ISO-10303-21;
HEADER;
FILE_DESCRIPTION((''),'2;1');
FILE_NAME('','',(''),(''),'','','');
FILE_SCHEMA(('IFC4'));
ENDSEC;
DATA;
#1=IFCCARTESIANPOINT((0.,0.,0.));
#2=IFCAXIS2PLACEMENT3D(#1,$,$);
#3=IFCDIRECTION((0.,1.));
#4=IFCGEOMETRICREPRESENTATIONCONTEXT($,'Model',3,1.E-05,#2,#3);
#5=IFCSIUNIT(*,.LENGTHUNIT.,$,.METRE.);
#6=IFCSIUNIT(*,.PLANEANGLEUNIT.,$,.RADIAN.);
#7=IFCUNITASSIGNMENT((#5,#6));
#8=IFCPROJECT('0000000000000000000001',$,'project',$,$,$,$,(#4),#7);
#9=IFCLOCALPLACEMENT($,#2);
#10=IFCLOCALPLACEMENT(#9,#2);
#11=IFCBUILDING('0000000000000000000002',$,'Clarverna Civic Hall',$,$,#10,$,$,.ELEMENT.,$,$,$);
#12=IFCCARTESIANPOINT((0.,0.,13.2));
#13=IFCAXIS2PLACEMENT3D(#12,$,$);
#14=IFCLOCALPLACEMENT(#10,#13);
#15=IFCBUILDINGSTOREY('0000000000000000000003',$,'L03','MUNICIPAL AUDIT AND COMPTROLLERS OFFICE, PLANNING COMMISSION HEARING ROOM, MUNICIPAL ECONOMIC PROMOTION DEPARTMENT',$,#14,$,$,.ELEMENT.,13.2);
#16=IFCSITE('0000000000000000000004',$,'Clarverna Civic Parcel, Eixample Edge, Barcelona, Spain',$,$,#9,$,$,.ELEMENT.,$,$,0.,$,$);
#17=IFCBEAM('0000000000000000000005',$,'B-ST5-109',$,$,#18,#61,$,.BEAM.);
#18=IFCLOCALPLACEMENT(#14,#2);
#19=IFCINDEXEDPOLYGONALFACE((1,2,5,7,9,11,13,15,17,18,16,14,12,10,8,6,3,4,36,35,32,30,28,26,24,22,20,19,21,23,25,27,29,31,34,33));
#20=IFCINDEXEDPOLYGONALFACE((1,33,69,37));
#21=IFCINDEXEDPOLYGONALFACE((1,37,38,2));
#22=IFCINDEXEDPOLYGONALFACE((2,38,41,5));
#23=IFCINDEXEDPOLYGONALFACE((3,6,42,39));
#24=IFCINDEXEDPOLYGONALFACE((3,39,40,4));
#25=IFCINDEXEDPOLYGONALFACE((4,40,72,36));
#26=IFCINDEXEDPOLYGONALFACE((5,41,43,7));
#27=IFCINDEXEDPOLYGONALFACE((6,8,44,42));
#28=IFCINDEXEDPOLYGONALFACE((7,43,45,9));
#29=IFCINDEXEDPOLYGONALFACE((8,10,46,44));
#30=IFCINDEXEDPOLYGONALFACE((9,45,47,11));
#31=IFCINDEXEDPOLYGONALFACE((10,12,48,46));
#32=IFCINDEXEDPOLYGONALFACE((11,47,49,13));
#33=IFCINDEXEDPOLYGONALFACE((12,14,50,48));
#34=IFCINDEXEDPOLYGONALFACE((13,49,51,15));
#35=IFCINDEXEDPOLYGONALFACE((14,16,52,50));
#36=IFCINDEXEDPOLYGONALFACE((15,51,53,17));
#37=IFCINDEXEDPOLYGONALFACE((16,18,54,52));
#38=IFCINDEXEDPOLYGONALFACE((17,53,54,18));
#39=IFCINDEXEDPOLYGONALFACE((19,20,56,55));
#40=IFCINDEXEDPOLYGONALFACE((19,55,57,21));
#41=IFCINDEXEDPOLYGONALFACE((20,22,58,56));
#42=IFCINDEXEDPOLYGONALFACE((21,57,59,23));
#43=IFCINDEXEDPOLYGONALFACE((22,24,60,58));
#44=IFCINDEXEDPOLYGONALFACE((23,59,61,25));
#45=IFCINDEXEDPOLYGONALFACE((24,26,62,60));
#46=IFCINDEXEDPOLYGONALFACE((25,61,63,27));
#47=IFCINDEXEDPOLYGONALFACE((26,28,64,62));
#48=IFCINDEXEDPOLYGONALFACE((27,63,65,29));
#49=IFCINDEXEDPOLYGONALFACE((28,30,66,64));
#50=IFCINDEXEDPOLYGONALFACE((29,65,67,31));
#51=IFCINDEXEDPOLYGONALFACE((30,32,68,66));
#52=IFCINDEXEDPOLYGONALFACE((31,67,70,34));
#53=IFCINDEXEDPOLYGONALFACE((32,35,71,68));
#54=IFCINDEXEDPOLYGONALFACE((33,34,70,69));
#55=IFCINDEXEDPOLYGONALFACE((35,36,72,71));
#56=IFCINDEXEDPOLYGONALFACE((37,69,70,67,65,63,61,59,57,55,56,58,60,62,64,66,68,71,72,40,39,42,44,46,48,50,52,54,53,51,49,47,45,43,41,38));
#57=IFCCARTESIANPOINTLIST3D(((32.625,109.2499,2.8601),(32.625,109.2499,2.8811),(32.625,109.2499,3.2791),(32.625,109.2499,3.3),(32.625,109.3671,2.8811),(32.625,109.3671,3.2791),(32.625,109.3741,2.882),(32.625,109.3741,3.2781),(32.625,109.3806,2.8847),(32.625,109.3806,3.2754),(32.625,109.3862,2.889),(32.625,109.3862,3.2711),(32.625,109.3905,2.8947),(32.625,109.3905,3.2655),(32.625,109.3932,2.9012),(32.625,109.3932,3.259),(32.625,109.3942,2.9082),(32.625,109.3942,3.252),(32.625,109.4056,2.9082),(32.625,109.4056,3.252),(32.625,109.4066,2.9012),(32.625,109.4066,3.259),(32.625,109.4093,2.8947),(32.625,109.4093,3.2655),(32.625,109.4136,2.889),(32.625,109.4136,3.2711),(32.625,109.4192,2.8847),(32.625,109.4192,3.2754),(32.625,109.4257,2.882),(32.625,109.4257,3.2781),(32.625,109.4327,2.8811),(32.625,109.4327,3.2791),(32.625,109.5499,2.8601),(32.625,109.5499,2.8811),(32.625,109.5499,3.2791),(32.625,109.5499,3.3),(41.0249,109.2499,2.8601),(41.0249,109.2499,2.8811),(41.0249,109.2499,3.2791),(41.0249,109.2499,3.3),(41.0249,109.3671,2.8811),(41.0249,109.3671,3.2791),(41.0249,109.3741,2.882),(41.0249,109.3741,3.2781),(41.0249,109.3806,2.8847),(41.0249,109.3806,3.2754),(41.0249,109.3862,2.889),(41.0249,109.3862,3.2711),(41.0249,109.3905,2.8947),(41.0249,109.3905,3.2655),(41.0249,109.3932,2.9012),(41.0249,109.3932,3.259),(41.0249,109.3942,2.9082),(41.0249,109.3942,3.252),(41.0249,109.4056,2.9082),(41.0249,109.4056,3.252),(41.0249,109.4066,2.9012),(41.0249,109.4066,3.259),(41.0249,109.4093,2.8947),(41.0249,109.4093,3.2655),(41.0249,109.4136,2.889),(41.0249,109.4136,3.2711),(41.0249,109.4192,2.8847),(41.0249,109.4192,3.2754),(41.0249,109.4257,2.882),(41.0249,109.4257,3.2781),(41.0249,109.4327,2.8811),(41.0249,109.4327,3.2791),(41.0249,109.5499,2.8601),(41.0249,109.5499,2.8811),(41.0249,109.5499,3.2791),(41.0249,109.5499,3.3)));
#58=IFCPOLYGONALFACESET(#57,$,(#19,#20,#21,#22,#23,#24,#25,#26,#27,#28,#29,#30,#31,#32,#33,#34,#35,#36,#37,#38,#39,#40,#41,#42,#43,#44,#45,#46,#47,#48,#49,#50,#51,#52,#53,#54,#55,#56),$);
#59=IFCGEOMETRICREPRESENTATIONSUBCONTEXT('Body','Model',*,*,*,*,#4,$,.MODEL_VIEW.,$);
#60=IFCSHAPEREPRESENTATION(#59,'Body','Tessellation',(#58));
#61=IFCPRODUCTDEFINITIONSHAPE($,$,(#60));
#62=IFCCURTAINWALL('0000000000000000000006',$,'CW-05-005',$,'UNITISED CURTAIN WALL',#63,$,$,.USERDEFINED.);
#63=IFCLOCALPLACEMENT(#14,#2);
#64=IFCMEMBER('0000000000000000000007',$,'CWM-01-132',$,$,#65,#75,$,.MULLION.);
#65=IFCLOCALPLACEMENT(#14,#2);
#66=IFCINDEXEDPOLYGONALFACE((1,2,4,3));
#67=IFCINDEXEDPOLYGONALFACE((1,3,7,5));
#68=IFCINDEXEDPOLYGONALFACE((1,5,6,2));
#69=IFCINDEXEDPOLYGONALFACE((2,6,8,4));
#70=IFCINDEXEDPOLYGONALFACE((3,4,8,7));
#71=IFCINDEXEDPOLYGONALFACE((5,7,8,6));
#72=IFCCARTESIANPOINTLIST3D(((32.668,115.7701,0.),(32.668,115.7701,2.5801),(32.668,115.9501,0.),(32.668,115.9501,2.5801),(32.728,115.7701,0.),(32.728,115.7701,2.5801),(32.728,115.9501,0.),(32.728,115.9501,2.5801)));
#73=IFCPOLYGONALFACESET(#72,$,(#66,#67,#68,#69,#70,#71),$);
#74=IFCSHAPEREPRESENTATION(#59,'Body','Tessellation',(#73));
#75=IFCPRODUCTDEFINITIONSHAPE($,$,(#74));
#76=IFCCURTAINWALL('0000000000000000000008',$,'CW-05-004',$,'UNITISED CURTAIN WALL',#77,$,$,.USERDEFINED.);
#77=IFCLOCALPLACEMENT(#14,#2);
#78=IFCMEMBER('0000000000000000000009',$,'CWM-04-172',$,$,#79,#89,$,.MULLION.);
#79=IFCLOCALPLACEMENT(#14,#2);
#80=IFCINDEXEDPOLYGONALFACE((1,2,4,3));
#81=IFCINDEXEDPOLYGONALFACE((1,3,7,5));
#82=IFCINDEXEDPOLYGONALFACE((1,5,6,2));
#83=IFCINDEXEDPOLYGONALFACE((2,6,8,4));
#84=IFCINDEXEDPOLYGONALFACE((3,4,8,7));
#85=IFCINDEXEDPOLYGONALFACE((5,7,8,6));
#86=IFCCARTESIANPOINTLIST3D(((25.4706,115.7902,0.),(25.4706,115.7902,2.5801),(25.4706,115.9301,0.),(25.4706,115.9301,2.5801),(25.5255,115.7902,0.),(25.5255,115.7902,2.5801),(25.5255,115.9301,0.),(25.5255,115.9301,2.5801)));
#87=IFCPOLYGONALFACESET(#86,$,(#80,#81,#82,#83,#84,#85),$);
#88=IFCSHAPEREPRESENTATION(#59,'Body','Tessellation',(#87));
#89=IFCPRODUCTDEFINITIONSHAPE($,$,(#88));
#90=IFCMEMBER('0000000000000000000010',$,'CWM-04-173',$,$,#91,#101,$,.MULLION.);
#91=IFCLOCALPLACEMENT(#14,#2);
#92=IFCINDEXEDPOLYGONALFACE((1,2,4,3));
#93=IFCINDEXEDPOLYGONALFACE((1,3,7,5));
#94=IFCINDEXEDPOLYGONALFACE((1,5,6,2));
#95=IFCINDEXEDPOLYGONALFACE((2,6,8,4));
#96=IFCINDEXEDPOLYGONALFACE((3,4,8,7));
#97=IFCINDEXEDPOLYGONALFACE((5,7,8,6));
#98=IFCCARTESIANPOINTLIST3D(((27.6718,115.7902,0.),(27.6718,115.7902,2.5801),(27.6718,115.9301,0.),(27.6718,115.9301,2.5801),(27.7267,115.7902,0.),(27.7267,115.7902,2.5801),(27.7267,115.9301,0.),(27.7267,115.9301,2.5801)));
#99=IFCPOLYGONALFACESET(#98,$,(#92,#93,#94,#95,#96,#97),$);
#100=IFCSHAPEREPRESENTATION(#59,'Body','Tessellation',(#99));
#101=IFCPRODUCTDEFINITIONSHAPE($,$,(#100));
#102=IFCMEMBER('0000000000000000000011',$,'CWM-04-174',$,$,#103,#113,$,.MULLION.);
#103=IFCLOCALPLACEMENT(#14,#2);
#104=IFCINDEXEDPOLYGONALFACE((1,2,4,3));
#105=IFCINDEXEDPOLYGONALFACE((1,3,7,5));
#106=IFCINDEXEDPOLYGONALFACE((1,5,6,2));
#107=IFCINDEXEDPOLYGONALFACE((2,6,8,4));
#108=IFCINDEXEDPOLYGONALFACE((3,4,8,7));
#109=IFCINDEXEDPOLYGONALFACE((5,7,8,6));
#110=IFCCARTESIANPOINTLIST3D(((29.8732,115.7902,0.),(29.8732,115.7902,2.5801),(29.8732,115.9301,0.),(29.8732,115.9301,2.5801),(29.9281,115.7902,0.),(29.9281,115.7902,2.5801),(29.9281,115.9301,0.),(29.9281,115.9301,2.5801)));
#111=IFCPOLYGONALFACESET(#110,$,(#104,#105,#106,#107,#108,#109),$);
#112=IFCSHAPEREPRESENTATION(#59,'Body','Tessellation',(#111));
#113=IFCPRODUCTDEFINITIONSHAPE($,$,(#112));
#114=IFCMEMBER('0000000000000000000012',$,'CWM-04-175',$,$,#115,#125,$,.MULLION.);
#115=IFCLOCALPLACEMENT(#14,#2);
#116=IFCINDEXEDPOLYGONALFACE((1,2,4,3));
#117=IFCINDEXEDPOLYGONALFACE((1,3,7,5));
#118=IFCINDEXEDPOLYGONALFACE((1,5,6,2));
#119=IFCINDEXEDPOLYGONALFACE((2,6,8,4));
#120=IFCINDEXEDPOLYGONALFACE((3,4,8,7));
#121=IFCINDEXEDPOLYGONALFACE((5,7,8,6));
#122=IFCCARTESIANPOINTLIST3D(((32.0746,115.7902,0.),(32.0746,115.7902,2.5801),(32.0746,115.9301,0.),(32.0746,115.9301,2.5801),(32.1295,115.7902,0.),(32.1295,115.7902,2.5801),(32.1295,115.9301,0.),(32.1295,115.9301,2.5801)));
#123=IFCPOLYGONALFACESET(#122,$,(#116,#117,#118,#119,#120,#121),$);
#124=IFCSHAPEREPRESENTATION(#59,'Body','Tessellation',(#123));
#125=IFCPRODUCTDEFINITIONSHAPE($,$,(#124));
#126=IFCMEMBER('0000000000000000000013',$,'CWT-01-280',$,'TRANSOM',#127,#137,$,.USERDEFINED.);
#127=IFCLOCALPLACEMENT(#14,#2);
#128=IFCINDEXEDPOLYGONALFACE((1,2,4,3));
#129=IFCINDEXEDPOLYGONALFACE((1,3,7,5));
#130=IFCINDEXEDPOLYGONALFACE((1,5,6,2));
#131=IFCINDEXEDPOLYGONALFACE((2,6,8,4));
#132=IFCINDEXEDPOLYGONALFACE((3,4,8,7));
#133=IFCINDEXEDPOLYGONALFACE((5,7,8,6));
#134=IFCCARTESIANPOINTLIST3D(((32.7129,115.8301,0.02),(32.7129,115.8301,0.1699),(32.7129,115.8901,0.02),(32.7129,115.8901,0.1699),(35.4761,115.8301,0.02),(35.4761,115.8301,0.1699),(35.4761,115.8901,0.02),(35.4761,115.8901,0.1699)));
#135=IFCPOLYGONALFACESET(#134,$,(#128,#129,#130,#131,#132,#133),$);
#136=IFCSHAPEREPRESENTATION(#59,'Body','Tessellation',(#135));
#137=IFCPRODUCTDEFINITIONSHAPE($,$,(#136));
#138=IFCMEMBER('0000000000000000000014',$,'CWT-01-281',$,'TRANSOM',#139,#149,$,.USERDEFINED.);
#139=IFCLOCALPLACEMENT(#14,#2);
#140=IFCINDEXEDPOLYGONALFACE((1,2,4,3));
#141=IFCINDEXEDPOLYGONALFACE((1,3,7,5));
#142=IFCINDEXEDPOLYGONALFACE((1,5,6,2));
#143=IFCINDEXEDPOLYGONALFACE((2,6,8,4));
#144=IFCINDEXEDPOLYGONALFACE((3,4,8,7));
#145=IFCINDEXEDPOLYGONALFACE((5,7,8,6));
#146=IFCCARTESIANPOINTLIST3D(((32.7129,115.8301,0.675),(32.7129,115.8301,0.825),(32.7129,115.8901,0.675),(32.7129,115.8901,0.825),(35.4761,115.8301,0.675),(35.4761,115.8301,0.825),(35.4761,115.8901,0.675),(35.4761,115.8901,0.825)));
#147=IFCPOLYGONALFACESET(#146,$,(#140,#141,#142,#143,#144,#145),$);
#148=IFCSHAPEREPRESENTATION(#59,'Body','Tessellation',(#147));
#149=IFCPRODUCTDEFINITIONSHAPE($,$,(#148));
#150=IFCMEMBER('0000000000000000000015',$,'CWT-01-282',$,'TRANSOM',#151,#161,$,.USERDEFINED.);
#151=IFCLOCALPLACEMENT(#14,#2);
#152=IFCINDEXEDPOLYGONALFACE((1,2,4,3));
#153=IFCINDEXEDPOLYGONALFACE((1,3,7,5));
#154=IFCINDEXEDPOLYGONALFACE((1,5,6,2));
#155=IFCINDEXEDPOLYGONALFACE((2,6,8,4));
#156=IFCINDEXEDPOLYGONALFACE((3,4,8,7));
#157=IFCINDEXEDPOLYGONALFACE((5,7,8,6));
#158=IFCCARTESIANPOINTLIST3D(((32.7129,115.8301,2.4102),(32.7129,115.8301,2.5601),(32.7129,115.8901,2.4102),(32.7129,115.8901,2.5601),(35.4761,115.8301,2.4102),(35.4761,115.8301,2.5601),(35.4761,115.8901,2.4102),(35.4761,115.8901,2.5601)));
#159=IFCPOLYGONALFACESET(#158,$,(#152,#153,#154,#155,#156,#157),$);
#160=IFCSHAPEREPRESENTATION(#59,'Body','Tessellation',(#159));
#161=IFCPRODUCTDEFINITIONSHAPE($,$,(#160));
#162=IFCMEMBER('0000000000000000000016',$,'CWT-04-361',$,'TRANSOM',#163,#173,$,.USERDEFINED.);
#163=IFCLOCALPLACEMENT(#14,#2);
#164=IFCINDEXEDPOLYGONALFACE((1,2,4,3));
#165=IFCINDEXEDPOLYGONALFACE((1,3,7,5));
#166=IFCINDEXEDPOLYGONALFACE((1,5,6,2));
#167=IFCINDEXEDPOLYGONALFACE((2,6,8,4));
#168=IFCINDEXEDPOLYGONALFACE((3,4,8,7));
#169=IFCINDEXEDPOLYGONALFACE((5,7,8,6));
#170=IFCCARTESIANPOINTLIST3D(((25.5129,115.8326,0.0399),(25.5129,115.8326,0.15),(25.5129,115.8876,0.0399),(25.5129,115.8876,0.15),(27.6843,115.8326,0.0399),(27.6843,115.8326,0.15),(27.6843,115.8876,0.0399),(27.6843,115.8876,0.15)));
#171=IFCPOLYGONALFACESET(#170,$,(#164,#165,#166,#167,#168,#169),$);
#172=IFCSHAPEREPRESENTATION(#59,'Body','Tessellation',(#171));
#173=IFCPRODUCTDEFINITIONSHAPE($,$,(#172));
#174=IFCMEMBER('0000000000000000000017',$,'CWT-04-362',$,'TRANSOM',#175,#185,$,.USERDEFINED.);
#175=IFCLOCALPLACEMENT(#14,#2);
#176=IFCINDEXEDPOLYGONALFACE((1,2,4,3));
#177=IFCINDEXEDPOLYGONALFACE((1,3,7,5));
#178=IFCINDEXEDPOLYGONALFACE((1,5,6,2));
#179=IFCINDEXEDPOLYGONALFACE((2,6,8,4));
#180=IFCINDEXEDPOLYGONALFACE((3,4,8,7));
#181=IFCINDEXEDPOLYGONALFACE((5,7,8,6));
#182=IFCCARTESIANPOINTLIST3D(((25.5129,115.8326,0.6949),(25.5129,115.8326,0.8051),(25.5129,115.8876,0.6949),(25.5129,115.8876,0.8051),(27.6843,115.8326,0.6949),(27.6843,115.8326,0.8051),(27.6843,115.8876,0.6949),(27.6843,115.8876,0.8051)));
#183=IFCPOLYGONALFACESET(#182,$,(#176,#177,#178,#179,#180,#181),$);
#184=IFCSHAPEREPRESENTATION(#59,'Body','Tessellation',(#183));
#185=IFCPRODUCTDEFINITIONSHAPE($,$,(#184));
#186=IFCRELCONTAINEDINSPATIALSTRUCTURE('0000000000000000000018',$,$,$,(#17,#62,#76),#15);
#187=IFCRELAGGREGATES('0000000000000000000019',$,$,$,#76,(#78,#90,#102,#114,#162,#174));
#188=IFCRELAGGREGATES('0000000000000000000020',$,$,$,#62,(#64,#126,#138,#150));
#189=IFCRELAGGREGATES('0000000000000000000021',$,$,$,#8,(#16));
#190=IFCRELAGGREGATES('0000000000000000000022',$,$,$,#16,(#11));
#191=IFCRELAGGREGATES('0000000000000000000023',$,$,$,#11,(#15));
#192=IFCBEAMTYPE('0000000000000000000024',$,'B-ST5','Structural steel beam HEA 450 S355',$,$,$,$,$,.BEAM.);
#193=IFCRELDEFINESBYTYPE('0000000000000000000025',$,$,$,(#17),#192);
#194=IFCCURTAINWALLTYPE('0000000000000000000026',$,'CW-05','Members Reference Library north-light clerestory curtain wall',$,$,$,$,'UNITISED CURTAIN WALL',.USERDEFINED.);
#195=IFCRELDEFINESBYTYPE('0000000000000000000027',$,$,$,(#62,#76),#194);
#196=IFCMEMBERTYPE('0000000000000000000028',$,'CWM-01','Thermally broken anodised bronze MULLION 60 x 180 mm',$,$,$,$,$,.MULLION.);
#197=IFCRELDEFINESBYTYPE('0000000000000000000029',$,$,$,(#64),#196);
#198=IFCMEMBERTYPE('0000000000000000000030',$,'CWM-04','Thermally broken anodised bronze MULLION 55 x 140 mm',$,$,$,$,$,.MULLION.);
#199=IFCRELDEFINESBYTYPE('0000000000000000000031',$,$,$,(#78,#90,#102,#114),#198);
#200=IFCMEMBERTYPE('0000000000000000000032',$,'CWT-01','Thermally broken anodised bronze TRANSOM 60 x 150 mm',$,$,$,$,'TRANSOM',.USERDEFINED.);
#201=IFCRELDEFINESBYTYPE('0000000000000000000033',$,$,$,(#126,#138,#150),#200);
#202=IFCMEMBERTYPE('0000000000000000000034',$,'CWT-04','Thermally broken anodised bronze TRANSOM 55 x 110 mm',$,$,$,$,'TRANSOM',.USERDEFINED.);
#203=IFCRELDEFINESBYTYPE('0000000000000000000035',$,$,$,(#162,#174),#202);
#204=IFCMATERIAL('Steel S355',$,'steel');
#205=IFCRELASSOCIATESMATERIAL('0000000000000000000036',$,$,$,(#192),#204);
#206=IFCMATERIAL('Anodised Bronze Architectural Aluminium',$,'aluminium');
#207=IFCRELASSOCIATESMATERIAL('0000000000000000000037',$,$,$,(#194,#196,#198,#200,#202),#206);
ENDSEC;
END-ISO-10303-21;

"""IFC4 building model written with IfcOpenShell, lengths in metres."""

from ifc_helpers import new_model, si_unit, direction, frame, origin, origin_2d, place, context, subcontext, project, spatial, rectangle, i_section, extrude, material, material_profile, profile_set, type_object, element, aggregate, save


model = new_model("IFC4")

# Units and contexts
model_context = context("Model", 3, precision=1e-05, world=origin(), true_north=direction((0.0, 1.0)))
body_context = subcontext(model_context, "Body", "Model", "MODEL_VIEW")
ifc_project = project(units=[si_unit("LENGTHUNIT", "METRE"), si_unit("PLANEANGLEUNIT", "RADIAN")], contexts=[model_context])

# Site, building, storey
site_placement = place(None, origin())
site = spatial("IfcSite", under=ifc_project, at=site_placement, Name="Clarverna Civic Parcel, Eixample Edge, Barcelona, Spain", CompositionType="ELEMENT", RefElevation=0.0)
building_placement = place(site_placement, origin())
building = spatial("IfcBuilding", under=site, at=building_placement, Name="Clarverna Civic Hall", CompositionType="ELEMENT")
storey_placement = place(building_placement, frame((0.0, 0.0, 13.2)))
storey = spatial("IfcBuildingStorey", under=building, at=storey_placement, Name="L03", Description="MUNICIPAL AUDIT AND COMPTROLLERS OFFICE, PLANNING COMMISSION HEARING ROOM, MUNICIPAL ECONOMIC PROMOTION DEPARTMENT", CompositionType="ELEMENT", Elevation=13.2)

# Beam
ifc_material_1 = material(Name="Steel S355", Category="steel")
ifc_material_profile_1 = material_profile(ifc_material_1, i_section(OverallWidth=0.3, OverallDepth=0.4399, WebThickness=0.0115, FlangeThickness=0.021, FilletRadius=0.0271, at=origin_2d()), Name="HEA 450")
ifc_profile_set_1 = profile_set([ifc_material_profile_1], Name="Steel S355")
beam_type_1 = type_object("IfcBeamType", Name="B-ST5", Description="Structural steel beam HEA 450 S355", PredefinedType="BEAM", material=ifc_profile_set_1)
beam_1_placement = place(storey_placement, frame((32.625, 109.3999, 3.0801), z_axis=(1.0, 0.0, 0.0), x_axis=(0.0, 1.0, 0.0)))
element("IfcBeam", 1, at=beam_1_placement, inside=storey, type_object=beam_type_1, Name="B-ST5-109", PredefinedType="BEAM", context=body_context, shape_type="SweptSolid", body=[
    extrude(i_section(OverallWidth=0.3, OverallDepth=0.4399, WebThickness=0.0115, FlangeThickness=0.021, FilletRadius=0.0271, at=origin_2d()), origin(), (0.0, 0.0, 1.0), 8.3999),
])

# Curtain wall, member
ifc_material_2 = material(Name="Anodised Bronze Architectural Aluminium", Category="aluminium")
curtain_wall_type = type_object("IfcCurtainWallType", Name="CW-05", Description="Members Reference Library north-light clerestory curtain wall", ElementType="UNITISED CURTAIN WALL", PredefinedType="USERDEFINED", material=ifc_material_2)
curtain_wall_1_placement = place(storey_placement, origin())
curtain_wall_1 = element("IfcCurtainWall", 2, at=curtain_wall_1_placement, inside=storey, type_object=curtain_wall_type, Name="CW-05-005", ObjectType="UNITISED CURTAIN WALL", PredefinedType="USERDEFINED")
ifc_material_profile_2 = material_profile(ifc_material_2, rectangle(XDim=0.0601, YDim=0.1799, at=origin_2d()), Name="BRONZE 60x180")
ifc_profile_set_2 = profile_set([ifc_material_profile_2], Name="Anodised Bronze Architectural Aluminium")
member_type_1 = type_object("IfcMemberType", Name="CWM-01", Description="Thermally broken anodised bronze MULLION 60 x 180 mm", PredefinedType="MULLION", material=ifc_profile_set_2)
member_1_placement = place(storey_placement, frame((32.698, 115.8601, 0.0), z_axis=(0.0, 0.0, 1.0), x_axis=(1.0, 0.0, 0.0)))
member_1 = element("IfcMember", 3, at=member_1_placement, type_object=member_type_1, Name="CWM-01-132", PredefinedType="MULLION", context=body_context, shape_type="SweptSolid", body=[
    extrude(rectangle(XDim=0.0601, YDim=0.1799, at=origin_2d()), origin(), (0.0, 0.0, 1.0), 2.5801),
])

# Curtain wall, members
curtain_wall_2_placement = place(storey_placement, origin())
curtain_wall_2 = element("IfcCurtainWall", 4, at=curtain_wall_2_placement, inside=storey, type_object=curtain_wall_type, Name="CW-05-004", ObjectType="UNITISED CURTAIN WALL", PredefinedType="USERDEFINED")
ifc_material_profile_3 = material_profile(ifc_material_2, rectangle(XDim=0.0549, YDim=0.1399, at=origin_2d()), Name="BRONZE 55x140")
ifc_profile_set_3 = profile_set([ifc_material_profile_3], Name="Anodised Bronze Architectural Aluminium")
member_type_2 = type_object("IfcMemberType", Name="CWM-04", Description="Thermally broken anodised bronze MULLION 55 x 140 mm", PredefinedType="MULLION", material=ifc_profile_set_3)
member_2_placement = place(storey_placement, frame((25.498, 115.8601, 0.0), z_axis=(0.0, 0.0, 1.0), x_axis=(1.0, 0.0, 0.0)))
member_2 = element("IfcMember", 5, at=member_2_placement, type_object=member_type_2, Name="CWM-04-172", PredefinedType="MULLION", context=body_context, shape_type="SweptSolid", body=[
    extrude(rectangle(XDim=0.0549, YDim=0.1399, at=origin_2d()), origin(), (0.0, 0.0, 1.0), 2.5801),
])
member_3_placement = place(storey_placement, frame((27.6992, 115.8601, 0.0), z_axis=(0.0, 0.0, 1.0), x_axis=(1.0, 0.0, 0.0)))
member_3 = element("IfcMember", 6, at=member_3_placement, type_object=member_type_2, Name="CWM-04-173", PredefinedType="MULLION", context=body_context, shape_type="SweptSolid", body=[
    extrude(rectangle(XDim=0.0549, YDim=0.1399, at=origin_2d()), origin(), (0.0, 0.0, 1.0), 2.5801),
])
member_4_placement = place(storey_placement, frame((29.9006, 115.8601, 0.0), z_axis=(0.0, 0.0, 1.0), x_axis=(1.0, 0.0, 0.0)))
member_4 = element("IfcMember", 7, at=member_4_placement, type_object=member_type_2, Name="CWM-04-174", PredefinedType="MULLION", context=body_context, shape_type="SweptSolid", body=[
    extrude(rectangle(XDim=0.0549, YDim=0.1399, at=origin_2d()), origin(), (0.0, 0.0, 1.0), 2.5801),
])
member_5_placement = place(storey_placement, frame((32.1021, 115.8601, 0.0), z_axis=(0.0, 0.0, 1.0), x_axis=(1.0, 0.0, 0.0)))
member_5 = element("IfcMember", 8, at=member_5_placement, type_object=member_type_2, Name="CWM-04-175", PredefinedType="MULLION", context=body_context, shape_type="SweptSolid", body=[
    extrude(rectangle(XDim=0.0549, YDim=0.1399, at=origin_2d()), origin(), (0.0, 0.0, 1.0), 2.5801),
])

# Members
ifc_material_profile_4 = material_profile(ifc_material_2, rectangle(XDim=0.0601, YDim=0.1499, at=origin_2d()), Name="BRONZE 60x150")
ifc_profile_set_4 = profile_set([ifc_material_profile_4], Name="Anodised Bronze Architectural Aluminium")
member_type_3 = type_object("IfcMemberType", Name="CWT-01", Description="Thermally broken anodised bronze TRANSOM 60 x 150 mm", ElementType="TRANSOM", PredefinedType="USERDEFINED", material=ifc_profile_set_4)
member_6_placement = place(storey_placement, frame((32.7129, 115.8601, 0.095), z_axis=(1.0, 0.0, 0.0), x_axis=(0.0, 1.0, 0.0)))
member_6 = element("IfcMember", 9, at=member_6_placement, type_object=member_type_3, Name="CWT-01-280", ObjectType="TRANSOM", PredefinedType="USERDEFINED", context=body_context, shape_type="SweptSolid", body=[
    extrude(rectangle(XDim=0.0601, YDim=0.1499, at=origin_2d()), origin(), (0.0, 0.0, 1.0), 2.7632),
])
member_7_placement = place(storey_placement, frame((32.7129, 115.8601, 0.75), z_axis=(1.0, 0.0, 0.0), x_axis=(0.0, 1.0, 0.0)))
member_7 = element("IfcMember", 10, at=member_7_placement, type_object=member_type_3, Name="CWT-01-281", ObjectType="TRANSOM", PredefinedType="USERDEFINED", context=body_context, shape_type="SweptSolid", body=[
    extrude(rectangle(XDim=0.0601, YDim=0.1499, at=origin_2d()), origin(), (0.0, 0.0, 1.0), 2.7632),
])
member_8_placement = place(storey_placement, frame((32.7129, 115.8601, 2.4851), z_axis=(1.0, 0.0, 0.0), x_axis=(0.0, 1.0, 0.0)))
member_8 = element("IfcMember", 11, at=member_8_placement, type_object=member_type_3, Name="CWT-01-282", ObjectType="TRANSOM", PredefinedType="USERDEFINED", context=body_context, shape_type="SweptSolid", body=[
    extrude(rectangle(XDim=0.0601, YDim=0.1499, at=origin_2d()), origin(), (0.0, 0.0, 1.0), 2.7632),
])
ifc_material_profile_5 = material_profile(ifc_material_2, rectangle(XDim=0.0549, YDim=0.1101, at=origin_2d()), Name="BRONZE 55x110")
ifc_profile_set_5 = profile_set([ifc_material_profile_5], Name="Anodised Bronze Architectural Aluminium")
member_type_4 = type_object("IfcMemberType", Name="CWT-04", Description="Thermally broken anodised bronze TRANSOM 55 x 110 mm", ElementType="TRANSOM", PredefinedType="USERDEFINED", material=ifc_profile_set_5)
member_9_placement = place(storey_placement, frame((25.5129, 115.8601, 0.095), z_axis=(1.0, 0.0, 0.0), x_axis=(0.0, 1.0, 0.0)))
member_9 = element("IfcMember", 12, at=member_9_placement, type_object=member_type_4, Name="CWT-04-361", ObjectType="TRANSOM", PredefinedType="USERDEFINED", context=body_context, shape_type="SweptSolid", body=[
    extrude(rectangle(XDim=0.0549, YDim=0.1101, at=origin_2d()), origin(), (0.0, 0.0, 1.0), 2.1714),
])
member_10_placement = place(storey_placement, frame((25.5129, 115.8601, 0.75), z_axis=(1.0, 0.0, 0.0), x_axis=(0.0, 1.0, 0.0)))
member_10 = element("IfcMember", 13, at=member_10_placement, type_object=member_type_4, Name="CWT-04-362", ObjectType="TRANSOM", PredefinedType="USERDEFINED", context=body_context, shape_type="SweptSolid", body=[
    extrude(rectangle(XDim=0.0549, YDim=0.1101, at=origin_2d()), origin(), (0.0, 0.0, 1.0), 2.1714),
])

aggregate(curtain_wall_2, [member_2, member_3, member_4, member_5, member_9, member_10])
aggregate(curtain_wall_1, [member_1, member_6, member_7, member_8])

save(model, "model.ifc")
